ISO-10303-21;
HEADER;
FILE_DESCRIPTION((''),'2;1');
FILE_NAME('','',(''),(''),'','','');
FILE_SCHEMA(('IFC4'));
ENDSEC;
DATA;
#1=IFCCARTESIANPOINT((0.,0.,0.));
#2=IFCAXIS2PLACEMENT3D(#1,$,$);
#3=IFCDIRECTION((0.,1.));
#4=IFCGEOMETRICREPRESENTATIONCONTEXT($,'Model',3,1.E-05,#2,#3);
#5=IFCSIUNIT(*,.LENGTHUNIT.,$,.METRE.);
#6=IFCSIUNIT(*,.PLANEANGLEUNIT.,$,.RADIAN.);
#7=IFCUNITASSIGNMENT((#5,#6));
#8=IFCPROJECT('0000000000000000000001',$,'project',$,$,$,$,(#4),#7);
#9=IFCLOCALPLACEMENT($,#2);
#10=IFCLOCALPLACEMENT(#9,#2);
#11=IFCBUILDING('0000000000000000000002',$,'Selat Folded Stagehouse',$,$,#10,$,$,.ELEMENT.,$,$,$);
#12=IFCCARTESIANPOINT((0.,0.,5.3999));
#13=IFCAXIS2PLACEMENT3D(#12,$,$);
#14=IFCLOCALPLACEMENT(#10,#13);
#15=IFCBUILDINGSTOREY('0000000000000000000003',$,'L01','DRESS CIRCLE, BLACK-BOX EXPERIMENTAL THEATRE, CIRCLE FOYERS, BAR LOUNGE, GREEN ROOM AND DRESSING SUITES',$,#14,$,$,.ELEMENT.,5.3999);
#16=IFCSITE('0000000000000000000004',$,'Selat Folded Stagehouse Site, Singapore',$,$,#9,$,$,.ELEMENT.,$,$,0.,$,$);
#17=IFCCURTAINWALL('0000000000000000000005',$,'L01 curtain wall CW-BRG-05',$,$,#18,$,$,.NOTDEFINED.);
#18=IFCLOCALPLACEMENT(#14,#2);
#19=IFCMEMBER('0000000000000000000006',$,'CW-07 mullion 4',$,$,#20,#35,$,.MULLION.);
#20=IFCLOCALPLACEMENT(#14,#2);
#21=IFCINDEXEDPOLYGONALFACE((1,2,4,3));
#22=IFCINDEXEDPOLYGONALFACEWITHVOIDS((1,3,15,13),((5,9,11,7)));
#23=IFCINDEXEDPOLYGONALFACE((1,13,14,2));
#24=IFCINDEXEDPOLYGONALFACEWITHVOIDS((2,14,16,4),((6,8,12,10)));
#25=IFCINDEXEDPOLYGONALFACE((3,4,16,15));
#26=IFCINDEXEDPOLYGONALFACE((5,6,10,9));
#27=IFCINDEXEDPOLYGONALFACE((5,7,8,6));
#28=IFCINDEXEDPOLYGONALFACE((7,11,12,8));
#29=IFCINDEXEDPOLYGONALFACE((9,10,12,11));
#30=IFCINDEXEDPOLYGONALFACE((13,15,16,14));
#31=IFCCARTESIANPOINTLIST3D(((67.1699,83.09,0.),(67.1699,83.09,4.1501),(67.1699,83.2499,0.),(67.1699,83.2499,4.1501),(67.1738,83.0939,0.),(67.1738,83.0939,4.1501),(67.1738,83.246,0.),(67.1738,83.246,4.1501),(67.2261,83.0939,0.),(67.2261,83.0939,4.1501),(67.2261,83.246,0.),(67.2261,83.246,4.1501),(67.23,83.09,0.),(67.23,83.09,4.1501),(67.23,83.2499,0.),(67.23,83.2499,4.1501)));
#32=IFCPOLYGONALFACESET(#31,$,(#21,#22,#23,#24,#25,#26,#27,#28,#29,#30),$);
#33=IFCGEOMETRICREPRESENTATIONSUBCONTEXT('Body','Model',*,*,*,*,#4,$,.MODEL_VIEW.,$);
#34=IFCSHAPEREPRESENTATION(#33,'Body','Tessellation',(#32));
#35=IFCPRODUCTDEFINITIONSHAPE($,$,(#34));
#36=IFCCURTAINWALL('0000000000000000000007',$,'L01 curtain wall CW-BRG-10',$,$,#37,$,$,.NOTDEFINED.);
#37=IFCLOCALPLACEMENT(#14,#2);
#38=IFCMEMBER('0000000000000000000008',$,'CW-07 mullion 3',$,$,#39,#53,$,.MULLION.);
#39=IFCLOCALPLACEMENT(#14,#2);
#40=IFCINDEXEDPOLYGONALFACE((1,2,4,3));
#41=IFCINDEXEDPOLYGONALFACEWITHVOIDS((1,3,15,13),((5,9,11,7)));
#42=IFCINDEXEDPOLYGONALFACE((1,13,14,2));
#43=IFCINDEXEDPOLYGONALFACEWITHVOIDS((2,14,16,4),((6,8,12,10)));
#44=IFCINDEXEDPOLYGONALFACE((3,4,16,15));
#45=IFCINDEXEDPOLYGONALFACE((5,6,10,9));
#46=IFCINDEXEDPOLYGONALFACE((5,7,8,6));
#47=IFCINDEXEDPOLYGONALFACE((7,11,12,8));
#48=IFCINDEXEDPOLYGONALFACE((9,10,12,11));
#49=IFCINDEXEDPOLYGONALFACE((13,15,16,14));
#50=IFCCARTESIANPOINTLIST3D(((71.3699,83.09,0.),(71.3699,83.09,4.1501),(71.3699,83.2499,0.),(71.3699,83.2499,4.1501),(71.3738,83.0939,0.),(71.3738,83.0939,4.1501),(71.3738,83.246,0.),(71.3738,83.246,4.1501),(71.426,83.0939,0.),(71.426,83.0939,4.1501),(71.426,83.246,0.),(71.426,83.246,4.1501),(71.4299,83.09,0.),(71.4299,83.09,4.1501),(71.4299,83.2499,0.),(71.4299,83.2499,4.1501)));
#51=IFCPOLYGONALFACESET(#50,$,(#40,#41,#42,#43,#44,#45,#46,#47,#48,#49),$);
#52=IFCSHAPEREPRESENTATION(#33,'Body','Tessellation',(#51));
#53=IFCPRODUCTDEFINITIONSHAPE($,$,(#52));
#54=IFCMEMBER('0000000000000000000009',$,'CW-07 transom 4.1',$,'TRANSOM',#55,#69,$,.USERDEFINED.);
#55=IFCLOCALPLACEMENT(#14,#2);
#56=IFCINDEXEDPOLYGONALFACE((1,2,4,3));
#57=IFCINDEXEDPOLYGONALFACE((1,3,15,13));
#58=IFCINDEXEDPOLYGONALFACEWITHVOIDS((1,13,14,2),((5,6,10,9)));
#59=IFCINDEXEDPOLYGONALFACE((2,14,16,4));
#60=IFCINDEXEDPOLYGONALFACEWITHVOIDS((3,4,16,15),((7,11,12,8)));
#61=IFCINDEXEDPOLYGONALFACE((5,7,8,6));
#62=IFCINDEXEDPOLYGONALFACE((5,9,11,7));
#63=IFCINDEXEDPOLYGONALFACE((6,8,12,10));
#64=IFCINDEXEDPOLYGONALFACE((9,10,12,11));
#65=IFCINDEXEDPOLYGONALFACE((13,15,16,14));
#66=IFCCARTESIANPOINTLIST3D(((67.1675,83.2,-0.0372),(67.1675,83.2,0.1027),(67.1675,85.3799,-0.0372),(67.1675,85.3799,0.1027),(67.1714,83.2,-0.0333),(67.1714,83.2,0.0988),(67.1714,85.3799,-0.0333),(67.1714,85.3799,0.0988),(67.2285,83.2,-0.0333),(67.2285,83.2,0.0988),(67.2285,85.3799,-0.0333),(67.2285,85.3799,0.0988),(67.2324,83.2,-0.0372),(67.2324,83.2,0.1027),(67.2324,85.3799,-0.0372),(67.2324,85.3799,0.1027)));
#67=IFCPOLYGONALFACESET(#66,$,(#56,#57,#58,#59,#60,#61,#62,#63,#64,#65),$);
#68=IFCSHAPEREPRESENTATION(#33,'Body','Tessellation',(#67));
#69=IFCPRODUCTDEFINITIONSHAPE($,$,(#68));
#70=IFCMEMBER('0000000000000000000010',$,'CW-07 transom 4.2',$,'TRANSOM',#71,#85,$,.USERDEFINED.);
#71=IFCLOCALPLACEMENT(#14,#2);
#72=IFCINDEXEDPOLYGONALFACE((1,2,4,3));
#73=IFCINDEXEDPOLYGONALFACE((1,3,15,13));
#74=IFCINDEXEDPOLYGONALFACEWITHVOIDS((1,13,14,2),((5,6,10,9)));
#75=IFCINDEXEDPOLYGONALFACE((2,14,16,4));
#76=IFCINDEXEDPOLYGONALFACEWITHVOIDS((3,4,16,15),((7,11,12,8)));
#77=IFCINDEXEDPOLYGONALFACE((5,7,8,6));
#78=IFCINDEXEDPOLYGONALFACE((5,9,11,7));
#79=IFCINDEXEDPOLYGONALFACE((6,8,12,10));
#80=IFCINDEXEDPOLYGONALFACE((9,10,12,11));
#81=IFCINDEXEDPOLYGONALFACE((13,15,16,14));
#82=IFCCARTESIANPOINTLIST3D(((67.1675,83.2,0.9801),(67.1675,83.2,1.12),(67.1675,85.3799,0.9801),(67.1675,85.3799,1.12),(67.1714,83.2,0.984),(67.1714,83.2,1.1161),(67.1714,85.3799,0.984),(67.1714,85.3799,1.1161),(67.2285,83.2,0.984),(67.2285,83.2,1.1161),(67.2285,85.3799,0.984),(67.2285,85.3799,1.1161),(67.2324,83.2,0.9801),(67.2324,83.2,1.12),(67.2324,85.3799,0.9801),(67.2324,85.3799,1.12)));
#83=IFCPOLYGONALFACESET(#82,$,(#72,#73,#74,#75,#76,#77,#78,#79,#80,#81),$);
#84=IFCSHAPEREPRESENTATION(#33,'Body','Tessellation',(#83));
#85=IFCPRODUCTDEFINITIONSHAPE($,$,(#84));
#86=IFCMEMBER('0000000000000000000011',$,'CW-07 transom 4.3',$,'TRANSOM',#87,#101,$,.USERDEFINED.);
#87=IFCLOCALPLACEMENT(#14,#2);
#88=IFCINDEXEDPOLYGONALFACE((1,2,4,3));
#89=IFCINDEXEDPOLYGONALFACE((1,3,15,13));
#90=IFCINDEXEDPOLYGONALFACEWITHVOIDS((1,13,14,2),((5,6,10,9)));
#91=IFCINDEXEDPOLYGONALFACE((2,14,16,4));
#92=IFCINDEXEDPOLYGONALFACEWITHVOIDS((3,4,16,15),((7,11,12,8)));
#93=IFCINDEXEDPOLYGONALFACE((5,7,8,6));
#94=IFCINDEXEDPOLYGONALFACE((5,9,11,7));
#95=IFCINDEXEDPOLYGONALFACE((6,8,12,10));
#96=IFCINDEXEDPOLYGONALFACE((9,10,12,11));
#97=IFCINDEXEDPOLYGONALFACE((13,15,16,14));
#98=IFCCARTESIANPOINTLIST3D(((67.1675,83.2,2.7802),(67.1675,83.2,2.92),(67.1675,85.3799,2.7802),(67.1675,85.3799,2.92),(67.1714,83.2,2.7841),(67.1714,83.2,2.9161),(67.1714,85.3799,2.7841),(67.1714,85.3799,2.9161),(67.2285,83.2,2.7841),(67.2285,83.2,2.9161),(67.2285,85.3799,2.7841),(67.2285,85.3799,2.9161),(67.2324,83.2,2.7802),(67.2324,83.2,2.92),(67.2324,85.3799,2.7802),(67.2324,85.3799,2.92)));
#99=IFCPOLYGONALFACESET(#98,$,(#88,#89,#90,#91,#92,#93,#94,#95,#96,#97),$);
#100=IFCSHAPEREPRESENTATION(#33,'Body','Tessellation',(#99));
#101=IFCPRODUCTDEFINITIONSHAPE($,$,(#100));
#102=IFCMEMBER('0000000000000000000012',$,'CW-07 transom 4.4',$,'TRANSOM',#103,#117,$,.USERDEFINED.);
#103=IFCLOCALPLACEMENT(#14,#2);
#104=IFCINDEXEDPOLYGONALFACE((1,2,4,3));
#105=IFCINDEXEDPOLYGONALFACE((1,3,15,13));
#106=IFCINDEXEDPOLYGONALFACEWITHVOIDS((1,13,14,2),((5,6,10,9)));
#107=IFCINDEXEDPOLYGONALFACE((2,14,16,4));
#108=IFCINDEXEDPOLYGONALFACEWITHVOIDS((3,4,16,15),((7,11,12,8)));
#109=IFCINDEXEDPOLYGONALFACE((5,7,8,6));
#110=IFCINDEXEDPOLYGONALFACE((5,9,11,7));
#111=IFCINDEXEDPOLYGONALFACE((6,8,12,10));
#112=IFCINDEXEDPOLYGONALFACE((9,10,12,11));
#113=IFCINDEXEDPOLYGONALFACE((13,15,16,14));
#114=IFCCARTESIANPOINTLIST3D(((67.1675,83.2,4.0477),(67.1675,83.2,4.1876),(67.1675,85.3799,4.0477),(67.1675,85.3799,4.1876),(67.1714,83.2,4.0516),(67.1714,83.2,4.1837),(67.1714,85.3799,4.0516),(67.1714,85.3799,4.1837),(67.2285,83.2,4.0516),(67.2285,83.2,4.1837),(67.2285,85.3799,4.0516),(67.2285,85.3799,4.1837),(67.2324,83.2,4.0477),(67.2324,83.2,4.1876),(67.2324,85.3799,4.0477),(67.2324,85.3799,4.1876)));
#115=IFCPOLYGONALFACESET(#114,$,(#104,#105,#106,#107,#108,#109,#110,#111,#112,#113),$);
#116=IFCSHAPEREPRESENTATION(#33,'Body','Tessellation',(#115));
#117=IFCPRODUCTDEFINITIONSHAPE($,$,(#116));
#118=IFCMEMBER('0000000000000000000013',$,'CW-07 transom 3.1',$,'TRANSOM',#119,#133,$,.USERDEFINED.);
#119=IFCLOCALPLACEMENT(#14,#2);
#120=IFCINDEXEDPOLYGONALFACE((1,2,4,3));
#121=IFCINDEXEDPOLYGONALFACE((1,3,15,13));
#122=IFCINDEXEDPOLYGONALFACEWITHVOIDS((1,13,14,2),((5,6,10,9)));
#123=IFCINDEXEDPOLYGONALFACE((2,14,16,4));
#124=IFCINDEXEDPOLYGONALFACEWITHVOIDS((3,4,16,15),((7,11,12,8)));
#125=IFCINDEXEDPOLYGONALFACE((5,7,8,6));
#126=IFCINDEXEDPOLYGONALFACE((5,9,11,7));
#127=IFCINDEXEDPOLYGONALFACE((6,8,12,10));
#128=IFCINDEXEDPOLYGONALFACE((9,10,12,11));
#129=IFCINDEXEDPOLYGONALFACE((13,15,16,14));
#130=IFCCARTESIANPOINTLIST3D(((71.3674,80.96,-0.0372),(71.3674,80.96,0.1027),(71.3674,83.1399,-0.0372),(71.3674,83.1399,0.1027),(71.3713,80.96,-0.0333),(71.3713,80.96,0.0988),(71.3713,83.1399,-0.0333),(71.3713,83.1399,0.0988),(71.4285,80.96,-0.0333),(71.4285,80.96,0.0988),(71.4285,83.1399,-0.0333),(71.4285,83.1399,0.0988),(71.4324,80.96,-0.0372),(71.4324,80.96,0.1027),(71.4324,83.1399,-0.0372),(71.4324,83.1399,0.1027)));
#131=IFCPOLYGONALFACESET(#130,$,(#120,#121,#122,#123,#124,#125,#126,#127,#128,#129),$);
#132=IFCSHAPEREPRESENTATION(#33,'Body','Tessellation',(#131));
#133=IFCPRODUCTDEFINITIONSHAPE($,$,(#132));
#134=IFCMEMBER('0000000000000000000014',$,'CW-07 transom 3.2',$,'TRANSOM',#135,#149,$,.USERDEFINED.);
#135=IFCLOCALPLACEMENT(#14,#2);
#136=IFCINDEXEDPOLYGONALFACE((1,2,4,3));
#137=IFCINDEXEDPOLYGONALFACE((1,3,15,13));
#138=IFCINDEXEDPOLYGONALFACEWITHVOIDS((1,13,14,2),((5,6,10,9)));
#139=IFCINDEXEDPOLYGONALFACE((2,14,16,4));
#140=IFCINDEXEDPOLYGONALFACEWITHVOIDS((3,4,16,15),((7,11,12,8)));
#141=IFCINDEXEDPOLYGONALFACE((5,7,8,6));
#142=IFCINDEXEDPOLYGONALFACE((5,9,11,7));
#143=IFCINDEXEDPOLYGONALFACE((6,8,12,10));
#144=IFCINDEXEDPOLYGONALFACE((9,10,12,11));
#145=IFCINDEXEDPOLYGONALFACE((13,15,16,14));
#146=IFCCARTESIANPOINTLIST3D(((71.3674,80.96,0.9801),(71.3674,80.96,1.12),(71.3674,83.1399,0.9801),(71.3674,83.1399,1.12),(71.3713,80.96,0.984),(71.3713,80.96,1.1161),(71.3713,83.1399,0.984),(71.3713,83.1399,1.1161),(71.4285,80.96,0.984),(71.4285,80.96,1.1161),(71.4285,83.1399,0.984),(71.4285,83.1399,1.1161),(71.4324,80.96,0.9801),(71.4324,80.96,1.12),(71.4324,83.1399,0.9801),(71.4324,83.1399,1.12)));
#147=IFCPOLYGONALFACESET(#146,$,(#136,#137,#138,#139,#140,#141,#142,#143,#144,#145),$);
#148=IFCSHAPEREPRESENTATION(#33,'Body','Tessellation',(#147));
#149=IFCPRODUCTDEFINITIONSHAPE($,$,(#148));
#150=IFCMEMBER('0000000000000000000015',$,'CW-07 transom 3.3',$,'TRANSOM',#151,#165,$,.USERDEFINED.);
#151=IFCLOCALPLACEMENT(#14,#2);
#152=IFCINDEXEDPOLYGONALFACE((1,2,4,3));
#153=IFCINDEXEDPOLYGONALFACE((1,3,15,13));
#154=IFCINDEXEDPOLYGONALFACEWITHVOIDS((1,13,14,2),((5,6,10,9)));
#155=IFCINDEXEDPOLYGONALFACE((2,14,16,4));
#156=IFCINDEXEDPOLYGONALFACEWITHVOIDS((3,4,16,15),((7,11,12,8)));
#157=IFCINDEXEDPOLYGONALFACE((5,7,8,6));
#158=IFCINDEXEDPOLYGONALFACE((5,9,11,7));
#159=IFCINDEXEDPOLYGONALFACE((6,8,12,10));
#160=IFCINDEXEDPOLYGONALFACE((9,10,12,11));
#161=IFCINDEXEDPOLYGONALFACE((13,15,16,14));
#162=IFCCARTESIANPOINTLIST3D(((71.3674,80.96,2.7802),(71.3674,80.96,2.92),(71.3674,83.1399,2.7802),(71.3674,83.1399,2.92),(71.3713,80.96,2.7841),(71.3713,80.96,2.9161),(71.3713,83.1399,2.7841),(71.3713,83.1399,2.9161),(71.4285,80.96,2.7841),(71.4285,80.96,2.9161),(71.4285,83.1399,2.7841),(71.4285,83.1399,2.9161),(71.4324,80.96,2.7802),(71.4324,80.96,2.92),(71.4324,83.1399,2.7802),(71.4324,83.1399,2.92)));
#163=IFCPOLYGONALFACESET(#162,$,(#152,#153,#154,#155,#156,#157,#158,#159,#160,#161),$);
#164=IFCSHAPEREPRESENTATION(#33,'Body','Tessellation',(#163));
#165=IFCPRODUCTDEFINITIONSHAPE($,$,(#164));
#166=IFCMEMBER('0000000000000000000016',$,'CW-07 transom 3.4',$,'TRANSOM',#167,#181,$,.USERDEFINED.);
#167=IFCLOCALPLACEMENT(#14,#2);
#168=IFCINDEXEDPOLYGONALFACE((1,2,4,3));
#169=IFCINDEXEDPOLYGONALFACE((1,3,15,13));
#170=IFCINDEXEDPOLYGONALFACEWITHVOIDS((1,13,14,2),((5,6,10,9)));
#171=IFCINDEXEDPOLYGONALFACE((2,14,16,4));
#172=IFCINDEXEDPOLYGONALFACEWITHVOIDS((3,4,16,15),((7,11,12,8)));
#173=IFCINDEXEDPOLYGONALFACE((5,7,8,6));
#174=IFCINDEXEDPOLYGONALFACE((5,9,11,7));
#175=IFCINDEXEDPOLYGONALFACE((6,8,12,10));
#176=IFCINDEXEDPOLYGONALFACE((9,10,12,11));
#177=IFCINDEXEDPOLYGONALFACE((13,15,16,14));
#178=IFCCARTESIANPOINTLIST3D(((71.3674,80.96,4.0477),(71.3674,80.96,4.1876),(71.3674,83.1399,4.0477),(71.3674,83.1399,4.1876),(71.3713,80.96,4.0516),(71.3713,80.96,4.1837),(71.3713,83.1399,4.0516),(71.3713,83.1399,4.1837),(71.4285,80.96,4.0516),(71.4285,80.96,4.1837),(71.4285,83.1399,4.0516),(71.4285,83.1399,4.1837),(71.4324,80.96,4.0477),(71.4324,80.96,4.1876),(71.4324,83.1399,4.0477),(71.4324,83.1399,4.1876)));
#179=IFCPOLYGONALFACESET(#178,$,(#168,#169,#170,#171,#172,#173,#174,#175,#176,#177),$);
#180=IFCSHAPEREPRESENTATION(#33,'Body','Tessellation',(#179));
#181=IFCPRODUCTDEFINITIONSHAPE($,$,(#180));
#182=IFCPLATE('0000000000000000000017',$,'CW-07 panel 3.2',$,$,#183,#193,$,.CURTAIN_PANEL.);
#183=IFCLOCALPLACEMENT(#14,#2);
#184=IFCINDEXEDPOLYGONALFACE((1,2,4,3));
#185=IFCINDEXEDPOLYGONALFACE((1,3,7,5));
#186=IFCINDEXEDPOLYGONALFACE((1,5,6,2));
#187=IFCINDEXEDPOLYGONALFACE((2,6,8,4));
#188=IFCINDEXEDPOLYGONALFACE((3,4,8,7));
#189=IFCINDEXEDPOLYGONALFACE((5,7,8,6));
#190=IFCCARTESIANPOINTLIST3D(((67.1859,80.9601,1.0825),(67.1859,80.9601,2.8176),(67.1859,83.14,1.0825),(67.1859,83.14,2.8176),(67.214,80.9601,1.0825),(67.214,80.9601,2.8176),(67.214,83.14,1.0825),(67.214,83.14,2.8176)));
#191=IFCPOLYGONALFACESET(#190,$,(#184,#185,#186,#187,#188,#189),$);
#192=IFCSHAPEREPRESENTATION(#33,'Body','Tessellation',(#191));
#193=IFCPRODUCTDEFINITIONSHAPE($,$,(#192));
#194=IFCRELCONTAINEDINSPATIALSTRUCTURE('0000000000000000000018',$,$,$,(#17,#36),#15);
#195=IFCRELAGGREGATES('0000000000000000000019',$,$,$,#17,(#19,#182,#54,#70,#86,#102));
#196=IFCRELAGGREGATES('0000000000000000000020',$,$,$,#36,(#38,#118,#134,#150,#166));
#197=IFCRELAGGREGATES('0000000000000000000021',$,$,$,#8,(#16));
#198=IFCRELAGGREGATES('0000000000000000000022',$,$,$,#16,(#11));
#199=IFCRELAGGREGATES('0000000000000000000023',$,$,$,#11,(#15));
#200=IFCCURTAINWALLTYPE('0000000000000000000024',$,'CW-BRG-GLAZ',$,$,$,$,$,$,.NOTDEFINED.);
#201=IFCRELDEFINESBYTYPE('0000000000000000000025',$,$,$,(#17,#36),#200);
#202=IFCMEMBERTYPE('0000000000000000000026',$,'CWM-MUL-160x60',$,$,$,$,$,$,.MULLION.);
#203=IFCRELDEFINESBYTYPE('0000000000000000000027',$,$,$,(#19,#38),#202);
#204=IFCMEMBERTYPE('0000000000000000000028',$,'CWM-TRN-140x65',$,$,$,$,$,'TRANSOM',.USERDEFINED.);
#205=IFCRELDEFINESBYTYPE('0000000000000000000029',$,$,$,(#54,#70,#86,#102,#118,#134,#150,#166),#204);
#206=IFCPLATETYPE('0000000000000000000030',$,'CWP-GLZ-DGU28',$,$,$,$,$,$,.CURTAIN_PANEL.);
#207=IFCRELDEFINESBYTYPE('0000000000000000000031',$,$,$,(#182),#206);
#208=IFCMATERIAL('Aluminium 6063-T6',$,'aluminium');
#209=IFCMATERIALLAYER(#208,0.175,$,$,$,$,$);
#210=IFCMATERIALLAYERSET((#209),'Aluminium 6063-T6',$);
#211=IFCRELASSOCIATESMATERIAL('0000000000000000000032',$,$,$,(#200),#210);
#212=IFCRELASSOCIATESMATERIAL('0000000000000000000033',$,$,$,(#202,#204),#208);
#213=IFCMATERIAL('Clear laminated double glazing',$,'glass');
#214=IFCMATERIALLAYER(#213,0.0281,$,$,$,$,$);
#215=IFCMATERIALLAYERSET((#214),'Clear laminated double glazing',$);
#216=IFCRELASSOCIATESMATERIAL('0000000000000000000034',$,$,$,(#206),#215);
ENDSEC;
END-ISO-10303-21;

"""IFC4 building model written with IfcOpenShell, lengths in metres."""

from ifc_helpers import new_model, si_unit, direction, frame, origin, origin_2d, place, context, subcontext, project, spatial, rectangle, hollow_rectangle, extrude, material, layer, layer_set, material_profile, profile_set, type_object, element, aggregate, save


model = new_model("IFC4")

# Units and contexts
model_context = context("Model", 3, precision=1e-05, world=origin(), true_north=direction((0.0, 1.0)))
body_context = subcontext(model_context, "Body", "Model", "MODEL_VIEW")
ifc_project = project(units=[si_unit("LENGTHUNIT", "METRE"), si_unit("PLANEANGLEUNIT", "RADIAN")], contexts=[model_context])

# Site, building, storey
site_placement = place(None, origin())
site = spatial("IfcSite", under=ifc_project, at=site_placement, Name="Selat Folded Stagehouse Site, Singapore", CompositionType="ELEMENT", RefElevation=0.0)
building_placement = place(site_placement, origin())
building = spatial("IfcBuilding", under=site, at=building_placement, Name="Selat Folded Stagehouse", CompositionType="ELEMENT")
storey_placement = place(building_placement, frame((0.0, 0.0, 5.3999)))
storey = spatial("IfcBuildingStorey", under=building, at=storey_placement, Name="L01", Description="DRESS CIRCLE, BLACK-BOX EXPERIMENTAL THEATRE, CIRCLE FOYERS, BAR LOUNGE, GREEN ROOM AND DRESSING SUITES", CompositionType="ELEMENT", Elevation=5.3999)

# Curtain walls, members
ifc_material_1 = material(Name="Aluminium 6063-T6", Category="aluminium")
ifc_layer_1 = layer(ifc_material_1, 0.175)
ifc_layer_set_1 = layer_set([ifc_layer_1], Name="Aluminium 6063-T6")
curtain_wall_type = type_object("IfcCurtainWallType", Name="CW-BRG-GLAZ", PredefinedType="NOTDEFINED", material=ifc_layer_set_1)
curtain_wall_1_placement = place(storey_placement, origin())
curtain_wall_1 = element("IfcCurtainWall", 1, at=curtain_wall_1_placement, inside=storey, type_object=curtain_wall_type, Name="L01 curtain wall CW-BRG-05", PredefinedType="NOTDEFINED")
ifc_material_profile_1 = material_profile(ifc_material_1, hollow_rectangle(XDim=0.0601, YDim=0.1599, WallThickness=0.0039, at=origin_2d()), Name="ALU 160x60x4.0")
ifc_profile_set_1 = profile_set([ifc_material_profile_1], Name="Aluminium 6063-T6")
member_type_1 = type_object("IfcMemberType", Name="CWM-MUL-160x60", PredefinedType="MULLION", material=ifc_profile_set_1)
member_1_placement = place(storey_placement, frame((67.2, 83.1699, 0.0), z_axis=(0.0, 0.0, 1.0), x_axis=(-1.0, 0.0, 0.0)))
member_1 = element("IfcMember", 2, at=member_1_placement, type_object=member_type_1, Name="CW-07 mullion 4", PredefinedType="MULLION", context=body_context, shape_type="SweptSolid", body=[
    extrude(hollow_rectangle(XDim=0.0601, YDim=0.1599, WallThickness=0.0039, at=origin_2d()), origin(), (0.0, 0.0, 1.0), 4.1501),
])
curtain_wall_2_placement = place(storey_placement, origin())
curtain_wall_2 = element("IfcCurtainWall", 3, at=curtain_wall_2_placement, inside=storey, type_object=curtain_wall_type, Name="L01 curtain wall CW-BRG-10", PredefinedType="NOTDEFINED")
member_2_placement = place(storey_placement, frame((71.3999, 83.1699, 0.0), z_axis=(0.0, 0.0, 1.0), x_axis=(1.0, 0.0, 0.0)))
member_2 = element("IfcMember", 4, at=member_2_placement, type_object=member_type_1, Name="CW-07 mullion 3", PredefinedType="MULLION", context=body_context, shape_type="SweptSolid", body=[
    extrude(hollow_rectangle(XDim=0.0601, YDim=0.1599, WallThickness=0.0039, at=origin_2d()), origin(), (0.0, 0.0, 1.0), 4.1501),
])

# Members
ifc_material_profile_2 = material_profile(ifc_material_1, hollow_rectangle(XDim=0.0649, YDim=0.1399, WallThickness=0.0039, at=origin_2d()), Name="ALU 140x65x4.0")
ifc_profile_set_2 = profile_set([ifc_material_profile_2], Name="Aluminium 6063-T6")
member_type_2 = type_object("IfcMemberType", Name="CWM-TRN-140x65", ElementType="TRANSOM", PredefinedType="USERDEFINED", material=ifc_profile_set_2)
member_3_placement = place(storey_placement, frame((67.2, 83.2, 0.0327), z_axis=(0.0, 1.0, 0.0), x_axis=(-1.0, 0.0, 0.0)))
member_3 = element("IfcMember", 5, at=member_3_placement, type_object=member_type_2, Name="CW-07 transom 4.1", ObjectType="TRANSOM", PredefinedType="USERDEFINED", context=body_context, shape_type="SweptSolid", body=[
    extrude(hollow_rectangle(XDim=0.0649, YDim=0.1399, WallThickness=0.0039, at=origin_2d()), origin(), (0.0, 0.0, 1.0), 2.1799),
])
member_4_placement = place(storey_placement, frame((67.2, 83.2, 1.05), z_axis=(0.0, 1.0, 0.0), x_axis=(-1.0, 0.0, 0.0)))
member_4 = element("IfcMember", 6, at=member_4_placement, type_object=member_type_2, Name="CW-07 transom 4.2", ObjectType="TRANSOM", PredefinedType="USERDEFINED", context=body_context, shape_type="SweptSolid", body=[
    extrude(hollow_rectangle(XDim=0.0649, YDim=0.1399, WallThickness=0.0039, at=origin_2d()), origin(), (0.0, 0.0, 1.0), 2.1799),
])
member_5_placement = place(storey_placement, frame((67.2, 83.2, 2.8501), z_axis=(0.0, 1.0, 0.0), x_axis=(-1.0, 0.0, 0.0)))
member_5 = element("IfcMember", 7, at=member_5_placement, type_object=member_type_2, Name="CW-07 transom 4.3", ObjectType="TRANSOM", PredefinedType="USERDEFINED", context=body_context, shape_type="SweptSolid", body=[
    extrude(hollow_rectangle(XDim=0.0649, YDim=0.1399, WallThickness=0.0039, at=origin_2d()), origin(), (0.0, 0.0, 1.0), 2.1799),
])
member_6_placement = place(storey_placement, frame((67.2, 83.2, 4.1177), z_axis=(0.0, 1.0, 0.0), x_axis=(-1.0, 0.0, 0.0)))
member_6 = element("IfcMember", 8, at=member_6_placement, type_object=member_type_2, Name="CW-07 transom 4.4", ObjectType="TRANSOM", PredefinedType="USERDEFINED", context=body_context, shape_type="SweptSolid", body=[
    extrude(hollow_rectangle(XDim=0.0649, YDim=0.1399, WallThickness=0.0039, at=origin_2d()), origin(), (0.0, 0.0, 1.0), 2.1799),
])
member_7_placement = place(storey_placement, frame((71.3999, 83.1399, 0.0327), z_axis=(0.0, -1.0, 0.0), x_axis=(1.0, 0.0, 0.0)))
member_7 = element("IfcMember", 9, at=member_7_placement, type_object=member_type_2, Name="CW-07 transom 3.1", ObjectType="TRANSOM", PredefinedType="USERDEFINED", context=body_context, shape_type="SweptSolid", body=[
    extrude(hollow_rectangle(XDim=0.0649, YDim=0.1399, WallThickness=0.0039, at=origin_2d()), origin(), (0.0, 0.0, 1.0), 2.1799),
])
member_8_placement = place(storey_placement, frame((71.3999, 83.1399, 1.05), z_axis=(0.0, -1.0, 0.0), x_axis=(1.0, 0.0, 0.0)))
member_8 = element("IfcMember", 10, at=member_8_placement, type_object=member_type_2, Name="CW-07 transom 3.2", ObjectType="TRANSOM", PredefinedType="USERDEFINED", context=body_context, shape_type="SweptSolid", body=[
    extrude(hollow_rectangle(XDim=0.0649, YDim=0.1399, WallThickness=0.0039, at=origin_2d()), origin(), (0.0, 0.0, 1.0), 2.1799),
])
member_9_placement = place(storey_placement, frame((71.3999, 83.1399, 2.8501), z_axis=(0.0, -1.0, 0.0), x_axis=(1.0, 0.0, 0.0)))
member_9 = element("IfcMember", 11, at=member_9_placement, type_object=member_type_2, Name="CW-07 transom 3.3", ObjectType="TRANSOM", PredefinedType="USERDEFINED", context=body_context, shape_type="SweptSolid", body=[
    extrude(hollow_rectangle(XDim=0.0649, YDim=0.1399, WallThickness=0.0039, at=origin_2d()), origin(), (0.0, 0.0, 1.0), 2.1799),
])
member_10_placement = place(storey_placement, frame((71.3999, 83.1399, 4.1177), z_axis=(0.0, -1.0, 0.0), x_axis=(1.0, 0.0, 0.0)))
member_10 = element("IfcMember", 12, at=member_10_placement, type_object=member_type_2, Name="CW-07 transom 3.4", ObjectType="TRANSOM", PredefinedType="USERDEFINED", context=body_context, shape_type="SweptSolid", body=[
    extrude(hollow_rectangle(XDim=0.0649, YDim=0.1399, WallThickness=0.0039, at=origin_2d()), origin(), (0.0, 0.0, 1.0), 2.1799),
])

# Plate
ifc_material_2 = material(Name="Clear laminated double glazing", Category="glass")
ifc_layer_2 = layer(ifc_material_2, 0.0281)
ifc_layer_set_2 = layer_set([ifc_layer_2], Name="Clear laminated double glazing")
plate_type = type_object("IfcPlateType", Name="CWP-GLZ-DGU28", PredefinedType="CURTAIN_PANEL", material=ifc_layer_set_2)
plate_1_placement = place(storey_placement, frame((67.2, 82.05, 1.0825), z_axis=(0.0, 0.0, 1.0), x_axis=(0.0, 1.0, 0.0)))
plate_1 = element("IfcPlate", 13, at=plate_1_placement, type_object=plate_type, Name="CW-07 panel 3.2", PredefinedType="CURTAIN_PANEL", context=body_context, shape_type="SweptSolid", body=[
    extrude(rectangle(XDim=2.1799, YDim=0.0281, at=origin_2d()), origin(), (0.0, 0.0, 1.0), 1.7351),
])
aggregate(curtain_wall_1, [member_1, plate_1, member_3, member_4, member_5, member_6])
aggregate(curtain_wall_2, [member_2, member_7, member_8, member_9, member_10])

save(model, "model.ifc")
